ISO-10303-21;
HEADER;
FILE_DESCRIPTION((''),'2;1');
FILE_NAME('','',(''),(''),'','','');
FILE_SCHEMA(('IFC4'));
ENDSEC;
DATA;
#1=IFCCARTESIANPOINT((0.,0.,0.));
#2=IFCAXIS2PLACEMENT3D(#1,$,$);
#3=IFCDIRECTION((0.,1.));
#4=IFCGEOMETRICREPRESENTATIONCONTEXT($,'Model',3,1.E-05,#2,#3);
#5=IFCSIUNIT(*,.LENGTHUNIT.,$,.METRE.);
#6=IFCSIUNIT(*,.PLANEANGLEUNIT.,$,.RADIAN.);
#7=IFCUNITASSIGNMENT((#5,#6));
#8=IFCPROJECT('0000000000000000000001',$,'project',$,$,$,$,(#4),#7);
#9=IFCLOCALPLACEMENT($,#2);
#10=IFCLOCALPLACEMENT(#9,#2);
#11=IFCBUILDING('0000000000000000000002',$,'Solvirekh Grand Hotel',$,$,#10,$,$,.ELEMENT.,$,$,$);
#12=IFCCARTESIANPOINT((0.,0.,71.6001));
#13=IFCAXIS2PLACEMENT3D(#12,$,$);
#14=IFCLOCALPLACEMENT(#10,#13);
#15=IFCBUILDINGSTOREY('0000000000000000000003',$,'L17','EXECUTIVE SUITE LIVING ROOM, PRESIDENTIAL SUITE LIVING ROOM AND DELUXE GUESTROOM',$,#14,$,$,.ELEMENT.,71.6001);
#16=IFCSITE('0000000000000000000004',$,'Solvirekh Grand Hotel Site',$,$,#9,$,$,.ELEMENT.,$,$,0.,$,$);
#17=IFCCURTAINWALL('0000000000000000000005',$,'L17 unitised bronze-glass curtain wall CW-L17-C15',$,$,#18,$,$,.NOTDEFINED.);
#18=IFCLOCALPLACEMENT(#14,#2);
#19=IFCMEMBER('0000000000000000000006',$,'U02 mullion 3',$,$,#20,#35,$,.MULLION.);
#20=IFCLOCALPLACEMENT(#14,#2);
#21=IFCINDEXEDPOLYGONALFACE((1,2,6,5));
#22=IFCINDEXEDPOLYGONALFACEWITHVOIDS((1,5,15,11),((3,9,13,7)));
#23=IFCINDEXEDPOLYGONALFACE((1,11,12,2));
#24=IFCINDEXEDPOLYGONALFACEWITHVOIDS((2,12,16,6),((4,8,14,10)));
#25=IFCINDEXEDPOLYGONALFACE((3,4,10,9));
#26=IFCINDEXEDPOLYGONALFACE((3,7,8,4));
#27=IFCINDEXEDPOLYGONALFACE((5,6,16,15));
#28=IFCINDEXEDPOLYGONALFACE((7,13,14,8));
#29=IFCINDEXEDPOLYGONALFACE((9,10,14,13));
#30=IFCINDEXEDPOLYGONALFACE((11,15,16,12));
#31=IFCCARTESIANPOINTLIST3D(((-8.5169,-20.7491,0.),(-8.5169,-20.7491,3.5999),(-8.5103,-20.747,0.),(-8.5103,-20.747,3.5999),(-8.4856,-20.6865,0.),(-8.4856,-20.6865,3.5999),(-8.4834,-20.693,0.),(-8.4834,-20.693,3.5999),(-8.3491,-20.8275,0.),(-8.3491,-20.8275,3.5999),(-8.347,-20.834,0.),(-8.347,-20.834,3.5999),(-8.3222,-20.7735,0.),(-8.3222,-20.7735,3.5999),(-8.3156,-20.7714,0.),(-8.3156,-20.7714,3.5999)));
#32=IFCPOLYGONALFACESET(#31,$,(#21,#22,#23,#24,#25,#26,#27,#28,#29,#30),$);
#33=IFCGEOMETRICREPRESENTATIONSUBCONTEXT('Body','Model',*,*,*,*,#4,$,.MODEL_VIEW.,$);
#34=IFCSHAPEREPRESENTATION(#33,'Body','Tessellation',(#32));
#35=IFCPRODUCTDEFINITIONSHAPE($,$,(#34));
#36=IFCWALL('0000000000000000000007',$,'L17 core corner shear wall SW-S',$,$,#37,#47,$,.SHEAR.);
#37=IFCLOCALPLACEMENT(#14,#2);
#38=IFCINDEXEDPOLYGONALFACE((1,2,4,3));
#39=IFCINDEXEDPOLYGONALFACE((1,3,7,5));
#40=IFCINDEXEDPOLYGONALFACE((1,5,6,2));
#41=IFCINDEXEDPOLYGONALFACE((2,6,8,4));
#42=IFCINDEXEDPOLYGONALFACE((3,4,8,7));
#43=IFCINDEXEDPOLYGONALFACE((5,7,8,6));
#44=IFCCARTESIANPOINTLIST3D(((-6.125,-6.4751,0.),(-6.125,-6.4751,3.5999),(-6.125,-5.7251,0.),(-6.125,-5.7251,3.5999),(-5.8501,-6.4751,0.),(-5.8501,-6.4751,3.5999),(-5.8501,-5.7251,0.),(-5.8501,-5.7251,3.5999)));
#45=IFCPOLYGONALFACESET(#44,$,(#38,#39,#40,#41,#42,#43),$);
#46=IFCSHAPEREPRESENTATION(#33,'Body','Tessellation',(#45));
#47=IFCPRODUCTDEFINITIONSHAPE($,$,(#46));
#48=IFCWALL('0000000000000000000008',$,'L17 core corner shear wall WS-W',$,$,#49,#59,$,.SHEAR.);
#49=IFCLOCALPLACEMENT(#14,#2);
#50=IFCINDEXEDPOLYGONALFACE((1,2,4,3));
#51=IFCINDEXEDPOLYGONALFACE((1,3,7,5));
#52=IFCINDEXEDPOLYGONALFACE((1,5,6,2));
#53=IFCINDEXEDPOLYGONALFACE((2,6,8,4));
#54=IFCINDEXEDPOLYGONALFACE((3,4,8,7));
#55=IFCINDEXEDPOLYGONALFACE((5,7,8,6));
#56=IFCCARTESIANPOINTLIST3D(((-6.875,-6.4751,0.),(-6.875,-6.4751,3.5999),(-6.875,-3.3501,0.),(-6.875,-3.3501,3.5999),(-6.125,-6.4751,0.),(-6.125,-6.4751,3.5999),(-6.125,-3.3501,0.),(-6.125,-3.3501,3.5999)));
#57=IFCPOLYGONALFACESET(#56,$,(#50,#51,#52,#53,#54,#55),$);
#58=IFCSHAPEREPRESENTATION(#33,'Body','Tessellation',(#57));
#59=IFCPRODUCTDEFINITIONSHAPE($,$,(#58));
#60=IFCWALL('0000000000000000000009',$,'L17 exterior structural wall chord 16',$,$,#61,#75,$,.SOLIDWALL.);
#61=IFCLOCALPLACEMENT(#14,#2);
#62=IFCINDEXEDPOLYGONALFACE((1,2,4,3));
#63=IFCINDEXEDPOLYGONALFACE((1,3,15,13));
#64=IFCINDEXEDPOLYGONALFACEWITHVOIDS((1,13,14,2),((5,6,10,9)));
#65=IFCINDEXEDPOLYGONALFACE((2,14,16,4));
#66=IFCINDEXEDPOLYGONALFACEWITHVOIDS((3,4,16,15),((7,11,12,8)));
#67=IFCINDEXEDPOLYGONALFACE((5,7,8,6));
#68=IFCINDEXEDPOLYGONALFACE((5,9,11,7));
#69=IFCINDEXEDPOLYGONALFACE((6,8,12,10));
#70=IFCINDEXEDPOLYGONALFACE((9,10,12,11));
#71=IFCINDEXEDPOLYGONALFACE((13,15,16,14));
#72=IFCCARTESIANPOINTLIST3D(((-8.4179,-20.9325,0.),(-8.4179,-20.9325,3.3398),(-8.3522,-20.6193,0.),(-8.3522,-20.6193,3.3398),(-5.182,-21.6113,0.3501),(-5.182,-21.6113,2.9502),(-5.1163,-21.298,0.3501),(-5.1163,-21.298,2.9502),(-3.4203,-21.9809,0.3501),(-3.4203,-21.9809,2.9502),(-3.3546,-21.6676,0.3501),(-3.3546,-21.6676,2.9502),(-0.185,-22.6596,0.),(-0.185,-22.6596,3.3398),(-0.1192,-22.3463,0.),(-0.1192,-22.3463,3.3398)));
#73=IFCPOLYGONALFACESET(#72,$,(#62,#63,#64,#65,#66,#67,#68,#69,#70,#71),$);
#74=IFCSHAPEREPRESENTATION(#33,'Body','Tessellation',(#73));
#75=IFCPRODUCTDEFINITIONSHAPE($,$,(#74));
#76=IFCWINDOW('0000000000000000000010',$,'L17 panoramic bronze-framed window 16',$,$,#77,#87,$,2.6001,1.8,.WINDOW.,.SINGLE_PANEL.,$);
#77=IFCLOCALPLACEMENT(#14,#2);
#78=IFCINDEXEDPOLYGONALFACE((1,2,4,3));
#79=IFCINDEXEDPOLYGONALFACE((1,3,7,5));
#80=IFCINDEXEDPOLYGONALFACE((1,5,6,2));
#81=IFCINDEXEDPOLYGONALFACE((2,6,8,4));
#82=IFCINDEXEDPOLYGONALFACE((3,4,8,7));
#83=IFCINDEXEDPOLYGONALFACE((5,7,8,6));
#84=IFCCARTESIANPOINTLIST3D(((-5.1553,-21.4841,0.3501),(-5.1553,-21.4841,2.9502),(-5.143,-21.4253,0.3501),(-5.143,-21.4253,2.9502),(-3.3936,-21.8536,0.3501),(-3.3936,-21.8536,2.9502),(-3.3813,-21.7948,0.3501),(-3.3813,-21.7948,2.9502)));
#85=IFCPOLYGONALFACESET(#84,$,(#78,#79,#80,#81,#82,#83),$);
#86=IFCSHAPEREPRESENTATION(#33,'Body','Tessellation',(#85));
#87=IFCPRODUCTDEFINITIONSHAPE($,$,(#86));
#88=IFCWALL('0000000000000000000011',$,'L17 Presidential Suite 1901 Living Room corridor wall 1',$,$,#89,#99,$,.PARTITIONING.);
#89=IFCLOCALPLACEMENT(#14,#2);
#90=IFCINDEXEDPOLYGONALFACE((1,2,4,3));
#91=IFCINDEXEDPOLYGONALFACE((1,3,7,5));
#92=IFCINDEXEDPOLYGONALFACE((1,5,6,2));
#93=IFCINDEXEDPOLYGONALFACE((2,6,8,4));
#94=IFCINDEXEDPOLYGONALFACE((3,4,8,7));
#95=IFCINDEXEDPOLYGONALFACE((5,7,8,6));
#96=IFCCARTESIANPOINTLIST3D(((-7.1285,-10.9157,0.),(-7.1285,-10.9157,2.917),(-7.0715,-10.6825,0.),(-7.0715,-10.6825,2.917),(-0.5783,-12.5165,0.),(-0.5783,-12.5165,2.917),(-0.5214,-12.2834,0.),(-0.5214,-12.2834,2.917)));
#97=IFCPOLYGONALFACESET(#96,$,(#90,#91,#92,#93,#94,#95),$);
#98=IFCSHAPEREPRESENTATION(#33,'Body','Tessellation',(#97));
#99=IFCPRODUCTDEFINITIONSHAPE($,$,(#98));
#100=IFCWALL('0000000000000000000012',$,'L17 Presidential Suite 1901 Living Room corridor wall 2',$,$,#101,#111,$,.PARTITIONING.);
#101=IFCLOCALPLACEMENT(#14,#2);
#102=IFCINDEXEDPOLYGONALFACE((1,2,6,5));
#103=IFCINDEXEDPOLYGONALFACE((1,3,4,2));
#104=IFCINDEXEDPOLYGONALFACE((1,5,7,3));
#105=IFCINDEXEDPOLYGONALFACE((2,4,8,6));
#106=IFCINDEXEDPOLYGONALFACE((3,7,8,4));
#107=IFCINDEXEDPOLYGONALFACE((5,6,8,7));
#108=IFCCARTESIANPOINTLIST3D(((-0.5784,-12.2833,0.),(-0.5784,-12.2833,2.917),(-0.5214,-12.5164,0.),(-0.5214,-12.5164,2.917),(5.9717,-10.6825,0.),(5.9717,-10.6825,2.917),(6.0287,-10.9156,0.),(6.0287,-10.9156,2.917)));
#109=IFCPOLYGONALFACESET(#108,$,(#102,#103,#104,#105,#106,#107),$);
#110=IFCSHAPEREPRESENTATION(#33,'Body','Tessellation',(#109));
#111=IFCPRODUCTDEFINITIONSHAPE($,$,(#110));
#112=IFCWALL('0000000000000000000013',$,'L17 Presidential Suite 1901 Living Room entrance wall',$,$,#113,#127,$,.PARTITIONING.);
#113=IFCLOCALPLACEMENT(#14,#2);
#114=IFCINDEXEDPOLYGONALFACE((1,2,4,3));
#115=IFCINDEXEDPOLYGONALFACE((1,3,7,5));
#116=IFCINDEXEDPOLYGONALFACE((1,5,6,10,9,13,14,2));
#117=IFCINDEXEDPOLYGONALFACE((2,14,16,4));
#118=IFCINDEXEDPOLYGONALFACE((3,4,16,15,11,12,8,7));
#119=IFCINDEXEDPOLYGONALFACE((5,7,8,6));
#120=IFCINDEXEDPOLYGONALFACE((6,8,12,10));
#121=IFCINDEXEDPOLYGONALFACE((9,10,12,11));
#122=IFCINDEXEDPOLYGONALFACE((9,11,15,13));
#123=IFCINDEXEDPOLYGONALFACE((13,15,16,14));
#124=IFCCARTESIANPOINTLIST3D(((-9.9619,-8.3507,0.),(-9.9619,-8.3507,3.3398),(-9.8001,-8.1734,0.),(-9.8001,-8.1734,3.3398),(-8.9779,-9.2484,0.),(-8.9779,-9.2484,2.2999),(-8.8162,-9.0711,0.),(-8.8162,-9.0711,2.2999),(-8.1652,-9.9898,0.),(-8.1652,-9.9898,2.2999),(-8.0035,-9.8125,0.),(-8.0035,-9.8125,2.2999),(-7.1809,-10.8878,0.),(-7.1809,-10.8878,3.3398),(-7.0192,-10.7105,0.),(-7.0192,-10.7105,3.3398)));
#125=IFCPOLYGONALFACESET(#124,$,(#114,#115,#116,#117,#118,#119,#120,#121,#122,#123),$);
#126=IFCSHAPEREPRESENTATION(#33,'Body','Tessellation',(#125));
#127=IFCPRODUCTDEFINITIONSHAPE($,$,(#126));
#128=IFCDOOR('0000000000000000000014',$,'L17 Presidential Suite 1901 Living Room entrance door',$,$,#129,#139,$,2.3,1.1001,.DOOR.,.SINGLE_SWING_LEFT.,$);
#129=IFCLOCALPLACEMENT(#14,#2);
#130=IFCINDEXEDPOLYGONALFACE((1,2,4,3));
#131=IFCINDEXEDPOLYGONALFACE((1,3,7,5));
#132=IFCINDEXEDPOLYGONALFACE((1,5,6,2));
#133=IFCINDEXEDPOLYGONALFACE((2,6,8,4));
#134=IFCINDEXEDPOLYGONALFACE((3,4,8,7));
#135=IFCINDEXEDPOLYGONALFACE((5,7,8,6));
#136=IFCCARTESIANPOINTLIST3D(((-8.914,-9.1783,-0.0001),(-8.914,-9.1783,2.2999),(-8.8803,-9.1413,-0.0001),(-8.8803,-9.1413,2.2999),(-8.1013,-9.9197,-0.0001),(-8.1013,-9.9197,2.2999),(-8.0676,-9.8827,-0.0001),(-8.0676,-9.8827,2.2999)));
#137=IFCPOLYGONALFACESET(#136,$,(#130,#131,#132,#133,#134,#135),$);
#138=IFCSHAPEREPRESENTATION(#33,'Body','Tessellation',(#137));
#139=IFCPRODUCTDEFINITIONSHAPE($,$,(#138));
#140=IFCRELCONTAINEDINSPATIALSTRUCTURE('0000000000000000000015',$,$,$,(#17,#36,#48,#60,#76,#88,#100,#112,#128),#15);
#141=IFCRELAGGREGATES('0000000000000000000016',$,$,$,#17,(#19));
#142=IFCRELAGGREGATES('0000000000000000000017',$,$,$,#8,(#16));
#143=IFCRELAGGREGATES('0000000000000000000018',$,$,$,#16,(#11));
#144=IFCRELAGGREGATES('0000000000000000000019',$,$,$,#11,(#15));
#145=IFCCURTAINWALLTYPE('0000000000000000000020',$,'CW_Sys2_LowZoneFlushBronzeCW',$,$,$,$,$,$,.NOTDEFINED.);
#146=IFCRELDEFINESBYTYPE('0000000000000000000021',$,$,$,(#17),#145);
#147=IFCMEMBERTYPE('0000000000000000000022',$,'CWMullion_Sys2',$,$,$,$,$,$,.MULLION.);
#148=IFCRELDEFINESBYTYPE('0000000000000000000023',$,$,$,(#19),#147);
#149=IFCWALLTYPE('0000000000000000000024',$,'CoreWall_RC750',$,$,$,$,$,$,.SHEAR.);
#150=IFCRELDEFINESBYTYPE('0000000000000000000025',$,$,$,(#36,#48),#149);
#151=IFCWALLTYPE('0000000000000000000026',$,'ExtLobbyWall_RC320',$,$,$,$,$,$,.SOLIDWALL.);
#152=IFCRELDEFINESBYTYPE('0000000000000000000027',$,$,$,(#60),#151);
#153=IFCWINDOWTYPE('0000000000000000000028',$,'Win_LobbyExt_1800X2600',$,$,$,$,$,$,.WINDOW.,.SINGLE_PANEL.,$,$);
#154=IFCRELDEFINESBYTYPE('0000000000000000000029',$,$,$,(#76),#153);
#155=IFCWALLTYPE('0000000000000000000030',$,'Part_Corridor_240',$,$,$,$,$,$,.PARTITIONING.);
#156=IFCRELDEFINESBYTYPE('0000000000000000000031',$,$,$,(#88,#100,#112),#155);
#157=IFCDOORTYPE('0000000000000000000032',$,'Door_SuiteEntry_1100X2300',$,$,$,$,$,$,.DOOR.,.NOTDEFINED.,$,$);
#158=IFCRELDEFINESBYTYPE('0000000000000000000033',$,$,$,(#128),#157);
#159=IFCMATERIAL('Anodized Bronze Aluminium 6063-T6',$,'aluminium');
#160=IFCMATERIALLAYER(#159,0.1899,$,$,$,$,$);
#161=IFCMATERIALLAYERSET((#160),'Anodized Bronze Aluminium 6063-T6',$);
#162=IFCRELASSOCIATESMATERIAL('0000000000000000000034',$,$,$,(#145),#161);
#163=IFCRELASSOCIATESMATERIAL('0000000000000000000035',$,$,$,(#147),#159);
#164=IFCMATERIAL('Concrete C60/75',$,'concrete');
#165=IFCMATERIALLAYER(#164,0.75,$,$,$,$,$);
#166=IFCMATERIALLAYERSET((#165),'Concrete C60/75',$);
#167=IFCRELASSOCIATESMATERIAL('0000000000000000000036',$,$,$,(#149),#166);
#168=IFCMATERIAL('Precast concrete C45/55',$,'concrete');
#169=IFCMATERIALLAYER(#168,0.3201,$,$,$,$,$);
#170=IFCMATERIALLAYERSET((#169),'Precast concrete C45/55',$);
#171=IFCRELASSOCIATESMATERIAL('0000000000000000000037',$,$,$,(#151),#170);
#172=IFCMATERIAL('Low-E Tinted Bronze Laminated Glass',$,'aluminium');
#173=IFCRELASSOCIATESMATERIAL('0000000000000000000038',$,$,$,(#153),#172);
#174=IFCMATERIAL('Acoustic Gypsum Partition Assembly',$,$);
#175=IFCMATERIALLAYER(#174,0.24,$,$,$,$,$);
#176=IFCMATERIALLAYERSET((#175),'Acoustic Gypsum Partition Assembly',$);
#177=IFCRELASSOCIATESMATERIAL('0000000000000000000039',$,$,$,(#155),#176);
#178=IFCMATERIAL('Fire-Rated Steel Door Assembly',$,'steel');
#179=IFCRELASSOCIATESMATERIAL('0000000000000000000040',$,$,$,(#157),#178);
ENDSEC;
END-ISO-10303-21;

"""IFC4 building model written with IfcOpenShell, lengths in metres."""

from ifc_helpers import new_model, si_unit, direction, frame, frame_2d, origin, origin_2d, place, context, subcontext, project, spatial, rectangle, hollow_rectangle, extrude, source, transform, mapped, material, layer, layer_set, material_profile, profile_set, type_object, element, fill, aggregate, save


model = new_model("IFC4")

# Units and contexts
model_context = context("Model", 3, precision=1e-05, world=origin(), true_north=direction((0.0, 1.0)))
body_context = subcontext(model_context, "Body", "Model", "MODEL_VIEW")
ifc_project = project(units=[si_unit("LENGTHUNIT", "METRE"), si_unit("PLANEANGLEUNIT", "RADIAN")], contexts=[model_context])

# Site, building, storey
site_placement = place(None, origin())
site = spatial("IfcSite", under=ifc_project, at=site_placement, Name="Solvirekh Grand Hotel Site", CompositionType="ELEMENT", RefElevation=0.0)
building_placement = place(site_placement, origin())
building = spatial("IfcBuilding", under=site, at=building_placement, Name="Solvirekh Grand Hotel", CompositionType="ELEMENT")
storey_placement = place(building_placement, frame((0.0, 0.0, 71.6001)))
storey = spatial("IfcBuildingStorey", under=building, at=storey_placement, Name="L17", Description="EXECUTIVE SUITE LIVING ROOM, PRESIDENTIAL SUITE LIVING ROOM AND DELUXE GUESTROOM", CompositionType="ELEMENT", Elevation=71.6001)

# Shared definitions
ifc_material_1 = material(Name="Concrete C60/75", Category="concrete")

# Curtain wall, member
ifc_material_2 = material(Name="Anodized Bronze Aluminium 6063-T6", Category="aluminium")
ifc_layer_1 = layer(ifc_material_2, 0.1899)
ifc_layer_set_1 = layer_set([ifc_layer_1], Name="Anodized Bronze Aluminium 6063-T6")
curtain_wall_type = type_object("IfcCurtainWallType", Name="CW_Sys2_LowZoneFlushBronzeCW", PredefinedType="NOTDEFINED", material=ifc_layer_set_1)
curtain_wall_placement = place(storey_placement, origin())
curtain_wall = element("IfcCurtainWall", 1, at=curtain_wall_placement, inside=storey, type_object=curtain_wall_type, Name="L17 unitised bronze-glass curtain wall CW-L17-C15", PredefinedType="NOTDEFINED")
ifc_material_profile_1 = material_profile(ifc_material_2, hollow_rectangle(XDim=0.0701, YDim=0.1899, WallThickness=0.0049, at=origin_2d()), Name="ALU RHS 190X70X5")
ifc_profile_set_1 = profile_set([ifc_material_profile_1], Name="Anodized Bronze Aluminium 6063-T6")
member_type = type_object("IfcMemberType", Name="CWMullion_Sys2", PredefinedType="MULLION", material=ifc_profile_set_1)
shared_shape = source(origin(), body_context, "Body", "SweptSolid", [
    extrude(hollow_rectangle(XDim=0.0701, YDim=0.1899, WallThickness=0.0049, at=origin_2d()), origin(), (0.0, 0.0, 1.0), 3.5999),
])
member_placement = place(storey_placement, frame((-8.4163, -20.7603, 0.0), z_axis=(0.0, 0.0, 1.0), x_axis=(0.446976, 0.894546, 0.0)))
member = element("IfcMember", 2, at=member_placement, type_object=member_type, Name="U02 mullion 3", PredefinedType="MULLION", context=body_context, shape_type="MappedRepresentation", body=[
    mapped(shared_shape, transform((0.0, 0.0, 0.0), x_axis=(1.0, 0.0, 0.0), y_axis=(0.0, 1.0, 0.0), z_axis=(0.0, 0.0, 1.0), scale=1.0)),
])
aggregate(curtain_wall, [member])

# Walls
ifc_layer_2 = layer(ifc_material_1, 0.75)
ifc_layer_set_2 = layer_set([ifc_layer_2], Name="Concrete C60/75")
wall_type_1 = type_object("IfcWallType", Name="CoreWall_RC750", PredefinedType="SHEAR", material=ifc_layer_set_2)
wall_1_placement = place(storey_placement, frame((-6.125, -6.1001, 0.0), z_axis=(0.0, 0.0, 1.0), x_axis=(1.0, 0.0, 0.0)))
element("IfcWall", 3, at=wall_1_placement, inside=storey, type_object=wall_type_1, Name="L17 core corner shear wall SW-S", PredefinedType="SHEAR", context=body_context, shape_type="SweptSolid", body=[
    extrude(rectangle(XDim=0.2749, YDim=0.75, at=frame_2d((0.1375, 0.0))), origin(), (0.0, 0.0, 1.0), 3.5999),
])
wall_2_placement = place(storey_placement, frame((-6.5, -6.4751, 0.0), z_axis=(0.0, 0.0, 1.0), x_axis=(0.0, 1.0, 0.0)))
element("IfcWall", 4, at=wall_2_placement, inside=storey, type_object=wall_type_1, Name="L17 core corner shear wall WS-W", PredefinedType="SHEAR", context=body_context, shape_type="SweptSolid", body=[
    extrude(rectangle(XDim=3.125, YDim=0.75, at=frame_2d((1.5625, 0.0))), origin(), (0.0, 0.0, 1.0), 3.5999),
])

# Wall, opening, window
ifc_material_3 = material(Name="Precast concrete C45/55", Category="concrete")
ifc_layer_3 = layer(ifc_material_3, 0.3201)
ifc_layer_set_3 = layer_set([ifc_layer_3], Name="Precast concrete C45/55")
wall_type_2 = type_object("IfcWallType", Name="ExtLobbyWall_RC320", PredefinedType="SOLIDWALL", material=ifc_layer_set_3)
wall_3_placement = place(storey_placement, frame((-0.1521, -22.5029, 0.0), z_axis=(0.0, 0.0, 1.0), x_axis=(-0.978698, 0.205305, 0.0)))
wall_3 = element("IfcWall", 5, at=wall_3_placement, inside=storey, type_object=wall_type_2, Name="L17 exterior structural wall chord 16", PredefinedType="SOLIDWALL", context=body_context, shape_type="SweptSolid", body=[
    extrude(rectangle(XDim=8.4121, YDim=0.3201, at=frame_2d((4.2061, 0.0))), origin(), (0.0, 0.0, 1.0), 3.3398),
])
opening_1_placement = place(wall_3_placement, frame((3.3059, 0.0, 0.3501)))
opening_1 = element("IfcOpeningElement", 6, at=opening_1_placement, cuts=wall_3, PredefinedType="OPENING", context=body_context, shape_type="SweptSolid", body=[
    extrude(rectangle(XDim=1.8, YDim=2.6001, at=frame_2d((0.8999, 1.3))), frame((0.0, 0.1699, 0.0), z_axis=(0.0, -1.0, 0.0), x_axis=(1.0, 0.0, 0.0)), (0.0, 0.0, 1.0), 0.3401),
])
ifc_material_4 = material(Name="Low-E Tinted Bronze Laminated Glass", Category="aluminium")
window_type = type_object("IfcWindowType", Name="Win_LobbyExt_1800X2600", PartitioningType="SINGLE_PANEL", PredefinedType="WINDOW", material=ifc_material_4)
window_placement = place(opening_1_placement, origin())
window = element("IfcWindow", 7, at=window_placement, inside=storey, type_object=window_type, Name="L17 panoramic bronze-framed window 16", OverallHeight=2.6001, OverallWidth=1.8, PartitioningType="SINGLE_PANEL", PredefinedType="WINDOW", context=body_context, shape_type="SweptSolid", body=[
    extrude(rectangle(XDim=1.8, YDim=2.6001, at=frame_2d((0.8999, 1.3))), frame((0.0, 0.03, 0.0), z_axis=(0.0, -1.0, 0.0), x_axis=(1.0, 0.0, 0.0)), (0.0, 0.0, 1.0), 0.0601),
])
fill(opening_1, window)

# Walls
ifc_material_5 = material(Name="Acoustic Gypsum Partition Assembly")
ifc_layer_4 = layer(ifc_material_5, 0.24)
ifc_layer_set_4 = layer_set([ifc_layer_4], Name="Acoustic Gypsum Partition Assembly")
wall_type_3 = type_object("IfcWallType", Name="Part_Corridor_240", PredefinedType="PARTITIONING", material=ifc_layer_set_4)
for number, where, z_axis, x_axis, name in (
    (8, (-7.1001, -10.7991, 0.0), (0.0, 0.0, 1.0), (0.971409, -0.237412, 0.0), "L17 Presidential Suite 1901 Living Room corridor wall 1"),
    (9, (-0.55, -12.3999, 0.0), (0.0, 0.0, 1.0), (0.971409, 0.237412, 0.0), "L17 Presidential Suite 1901 Living Room corridor wall 2"),
):
    element("IfcWall", number, at=place(storey_placement, frame(where, z_axis=z_axis, x_axis=x_axis)), inside=storey, type_object=wall_type_3, Name=name, PredefinedType="PARTITIONING", context=body_context, shape_type="SweptSolid", body=[
        extrude(rectangle(XDim=6.7429, YDim=0.24, at=frame_2d((3.3716, 0.0))), origin(), (0.0, 0.0, 1.0), 2.917),
    ])

# Wall, opening, door
wall_4_placement = place(storey_placement, frame((-9.8811, -8.262, 0.0), z_axis=(0.0, 0.0, 1.0), x_axis=(0.738759, -0.673969, 0.0)))
wall_4 = element("IfcWall", 10, at=wall_4_placement, inside=storey, type_object=wall_type_3, Name="L17 Presidential Suite 1901 Living Room entrance wall", PredefinedType="PARTITIONING", context=body_context, shape_type="SweptSolid", body=[
    extrude(rectangle(XDim=3.7644, YDim=0.24, at=frame_2d((1.8823, 0.0))), origin(), (0.0, 0.0, 1.0), 3.3398),
])
opening_2_placement = place(wall_4_placement, frame((1.332, 0.0, 0.0)))
opening_2 = element("IfcOpeningElement", 11, at=opening_2_placement, cuts=wall_4, PredefinedType="OPENING", context=body_context, shape_type="SweptSolid", body=[
    extrude(rectangle(XDim=1.1001, YDim=2.3, at=frame_2d((0.55, 1.1499))), frame((0.0, 0.1299, 0.0), z_axis=(0.0, -1.0, 0.0), x_axis=(1.0, 0.0, 0.0)), (0.0, 0.0, 1.0), 0.26),
])
ifc_material_6 = material(Name="Fire-Rated Steel Door Assembly", Category="steel")
door_type = type_object("IfcDoorType", Name="Door_SuiteEntry_1100X2300", OperationType="NOTDEFINED", PredefinedType="DOOR", material=ifc_material_6)
door_placement = place(opening_2_placement, origin())
door = element("IfcDoor", 12, at=door_placement, inside=storey, type_object=door_type, Name="L17 Presidential Suite 1901 Living Room entrance door", OperationType="SINGLE_SWING_LEFT", OverallHeight=2.3, OverallWidth=1.1001, PredefinedType="DOOR", context=body_context, shape_type="SweptSolid", body=[
    extrude(rectangle(XDim=1.1001, YDim=2.3, at=frame_2d((0.55, 1.1499))), frame((0.0, 0.0249, 0.0), z_axis=(0.0, -1.0, 0.0), x_axis=(1.0, 0.0, 0.0)), (0.0, 0.0, 1.0), 0.05),
])
fill(opening_2, door)

save(model, "model.ifc")
